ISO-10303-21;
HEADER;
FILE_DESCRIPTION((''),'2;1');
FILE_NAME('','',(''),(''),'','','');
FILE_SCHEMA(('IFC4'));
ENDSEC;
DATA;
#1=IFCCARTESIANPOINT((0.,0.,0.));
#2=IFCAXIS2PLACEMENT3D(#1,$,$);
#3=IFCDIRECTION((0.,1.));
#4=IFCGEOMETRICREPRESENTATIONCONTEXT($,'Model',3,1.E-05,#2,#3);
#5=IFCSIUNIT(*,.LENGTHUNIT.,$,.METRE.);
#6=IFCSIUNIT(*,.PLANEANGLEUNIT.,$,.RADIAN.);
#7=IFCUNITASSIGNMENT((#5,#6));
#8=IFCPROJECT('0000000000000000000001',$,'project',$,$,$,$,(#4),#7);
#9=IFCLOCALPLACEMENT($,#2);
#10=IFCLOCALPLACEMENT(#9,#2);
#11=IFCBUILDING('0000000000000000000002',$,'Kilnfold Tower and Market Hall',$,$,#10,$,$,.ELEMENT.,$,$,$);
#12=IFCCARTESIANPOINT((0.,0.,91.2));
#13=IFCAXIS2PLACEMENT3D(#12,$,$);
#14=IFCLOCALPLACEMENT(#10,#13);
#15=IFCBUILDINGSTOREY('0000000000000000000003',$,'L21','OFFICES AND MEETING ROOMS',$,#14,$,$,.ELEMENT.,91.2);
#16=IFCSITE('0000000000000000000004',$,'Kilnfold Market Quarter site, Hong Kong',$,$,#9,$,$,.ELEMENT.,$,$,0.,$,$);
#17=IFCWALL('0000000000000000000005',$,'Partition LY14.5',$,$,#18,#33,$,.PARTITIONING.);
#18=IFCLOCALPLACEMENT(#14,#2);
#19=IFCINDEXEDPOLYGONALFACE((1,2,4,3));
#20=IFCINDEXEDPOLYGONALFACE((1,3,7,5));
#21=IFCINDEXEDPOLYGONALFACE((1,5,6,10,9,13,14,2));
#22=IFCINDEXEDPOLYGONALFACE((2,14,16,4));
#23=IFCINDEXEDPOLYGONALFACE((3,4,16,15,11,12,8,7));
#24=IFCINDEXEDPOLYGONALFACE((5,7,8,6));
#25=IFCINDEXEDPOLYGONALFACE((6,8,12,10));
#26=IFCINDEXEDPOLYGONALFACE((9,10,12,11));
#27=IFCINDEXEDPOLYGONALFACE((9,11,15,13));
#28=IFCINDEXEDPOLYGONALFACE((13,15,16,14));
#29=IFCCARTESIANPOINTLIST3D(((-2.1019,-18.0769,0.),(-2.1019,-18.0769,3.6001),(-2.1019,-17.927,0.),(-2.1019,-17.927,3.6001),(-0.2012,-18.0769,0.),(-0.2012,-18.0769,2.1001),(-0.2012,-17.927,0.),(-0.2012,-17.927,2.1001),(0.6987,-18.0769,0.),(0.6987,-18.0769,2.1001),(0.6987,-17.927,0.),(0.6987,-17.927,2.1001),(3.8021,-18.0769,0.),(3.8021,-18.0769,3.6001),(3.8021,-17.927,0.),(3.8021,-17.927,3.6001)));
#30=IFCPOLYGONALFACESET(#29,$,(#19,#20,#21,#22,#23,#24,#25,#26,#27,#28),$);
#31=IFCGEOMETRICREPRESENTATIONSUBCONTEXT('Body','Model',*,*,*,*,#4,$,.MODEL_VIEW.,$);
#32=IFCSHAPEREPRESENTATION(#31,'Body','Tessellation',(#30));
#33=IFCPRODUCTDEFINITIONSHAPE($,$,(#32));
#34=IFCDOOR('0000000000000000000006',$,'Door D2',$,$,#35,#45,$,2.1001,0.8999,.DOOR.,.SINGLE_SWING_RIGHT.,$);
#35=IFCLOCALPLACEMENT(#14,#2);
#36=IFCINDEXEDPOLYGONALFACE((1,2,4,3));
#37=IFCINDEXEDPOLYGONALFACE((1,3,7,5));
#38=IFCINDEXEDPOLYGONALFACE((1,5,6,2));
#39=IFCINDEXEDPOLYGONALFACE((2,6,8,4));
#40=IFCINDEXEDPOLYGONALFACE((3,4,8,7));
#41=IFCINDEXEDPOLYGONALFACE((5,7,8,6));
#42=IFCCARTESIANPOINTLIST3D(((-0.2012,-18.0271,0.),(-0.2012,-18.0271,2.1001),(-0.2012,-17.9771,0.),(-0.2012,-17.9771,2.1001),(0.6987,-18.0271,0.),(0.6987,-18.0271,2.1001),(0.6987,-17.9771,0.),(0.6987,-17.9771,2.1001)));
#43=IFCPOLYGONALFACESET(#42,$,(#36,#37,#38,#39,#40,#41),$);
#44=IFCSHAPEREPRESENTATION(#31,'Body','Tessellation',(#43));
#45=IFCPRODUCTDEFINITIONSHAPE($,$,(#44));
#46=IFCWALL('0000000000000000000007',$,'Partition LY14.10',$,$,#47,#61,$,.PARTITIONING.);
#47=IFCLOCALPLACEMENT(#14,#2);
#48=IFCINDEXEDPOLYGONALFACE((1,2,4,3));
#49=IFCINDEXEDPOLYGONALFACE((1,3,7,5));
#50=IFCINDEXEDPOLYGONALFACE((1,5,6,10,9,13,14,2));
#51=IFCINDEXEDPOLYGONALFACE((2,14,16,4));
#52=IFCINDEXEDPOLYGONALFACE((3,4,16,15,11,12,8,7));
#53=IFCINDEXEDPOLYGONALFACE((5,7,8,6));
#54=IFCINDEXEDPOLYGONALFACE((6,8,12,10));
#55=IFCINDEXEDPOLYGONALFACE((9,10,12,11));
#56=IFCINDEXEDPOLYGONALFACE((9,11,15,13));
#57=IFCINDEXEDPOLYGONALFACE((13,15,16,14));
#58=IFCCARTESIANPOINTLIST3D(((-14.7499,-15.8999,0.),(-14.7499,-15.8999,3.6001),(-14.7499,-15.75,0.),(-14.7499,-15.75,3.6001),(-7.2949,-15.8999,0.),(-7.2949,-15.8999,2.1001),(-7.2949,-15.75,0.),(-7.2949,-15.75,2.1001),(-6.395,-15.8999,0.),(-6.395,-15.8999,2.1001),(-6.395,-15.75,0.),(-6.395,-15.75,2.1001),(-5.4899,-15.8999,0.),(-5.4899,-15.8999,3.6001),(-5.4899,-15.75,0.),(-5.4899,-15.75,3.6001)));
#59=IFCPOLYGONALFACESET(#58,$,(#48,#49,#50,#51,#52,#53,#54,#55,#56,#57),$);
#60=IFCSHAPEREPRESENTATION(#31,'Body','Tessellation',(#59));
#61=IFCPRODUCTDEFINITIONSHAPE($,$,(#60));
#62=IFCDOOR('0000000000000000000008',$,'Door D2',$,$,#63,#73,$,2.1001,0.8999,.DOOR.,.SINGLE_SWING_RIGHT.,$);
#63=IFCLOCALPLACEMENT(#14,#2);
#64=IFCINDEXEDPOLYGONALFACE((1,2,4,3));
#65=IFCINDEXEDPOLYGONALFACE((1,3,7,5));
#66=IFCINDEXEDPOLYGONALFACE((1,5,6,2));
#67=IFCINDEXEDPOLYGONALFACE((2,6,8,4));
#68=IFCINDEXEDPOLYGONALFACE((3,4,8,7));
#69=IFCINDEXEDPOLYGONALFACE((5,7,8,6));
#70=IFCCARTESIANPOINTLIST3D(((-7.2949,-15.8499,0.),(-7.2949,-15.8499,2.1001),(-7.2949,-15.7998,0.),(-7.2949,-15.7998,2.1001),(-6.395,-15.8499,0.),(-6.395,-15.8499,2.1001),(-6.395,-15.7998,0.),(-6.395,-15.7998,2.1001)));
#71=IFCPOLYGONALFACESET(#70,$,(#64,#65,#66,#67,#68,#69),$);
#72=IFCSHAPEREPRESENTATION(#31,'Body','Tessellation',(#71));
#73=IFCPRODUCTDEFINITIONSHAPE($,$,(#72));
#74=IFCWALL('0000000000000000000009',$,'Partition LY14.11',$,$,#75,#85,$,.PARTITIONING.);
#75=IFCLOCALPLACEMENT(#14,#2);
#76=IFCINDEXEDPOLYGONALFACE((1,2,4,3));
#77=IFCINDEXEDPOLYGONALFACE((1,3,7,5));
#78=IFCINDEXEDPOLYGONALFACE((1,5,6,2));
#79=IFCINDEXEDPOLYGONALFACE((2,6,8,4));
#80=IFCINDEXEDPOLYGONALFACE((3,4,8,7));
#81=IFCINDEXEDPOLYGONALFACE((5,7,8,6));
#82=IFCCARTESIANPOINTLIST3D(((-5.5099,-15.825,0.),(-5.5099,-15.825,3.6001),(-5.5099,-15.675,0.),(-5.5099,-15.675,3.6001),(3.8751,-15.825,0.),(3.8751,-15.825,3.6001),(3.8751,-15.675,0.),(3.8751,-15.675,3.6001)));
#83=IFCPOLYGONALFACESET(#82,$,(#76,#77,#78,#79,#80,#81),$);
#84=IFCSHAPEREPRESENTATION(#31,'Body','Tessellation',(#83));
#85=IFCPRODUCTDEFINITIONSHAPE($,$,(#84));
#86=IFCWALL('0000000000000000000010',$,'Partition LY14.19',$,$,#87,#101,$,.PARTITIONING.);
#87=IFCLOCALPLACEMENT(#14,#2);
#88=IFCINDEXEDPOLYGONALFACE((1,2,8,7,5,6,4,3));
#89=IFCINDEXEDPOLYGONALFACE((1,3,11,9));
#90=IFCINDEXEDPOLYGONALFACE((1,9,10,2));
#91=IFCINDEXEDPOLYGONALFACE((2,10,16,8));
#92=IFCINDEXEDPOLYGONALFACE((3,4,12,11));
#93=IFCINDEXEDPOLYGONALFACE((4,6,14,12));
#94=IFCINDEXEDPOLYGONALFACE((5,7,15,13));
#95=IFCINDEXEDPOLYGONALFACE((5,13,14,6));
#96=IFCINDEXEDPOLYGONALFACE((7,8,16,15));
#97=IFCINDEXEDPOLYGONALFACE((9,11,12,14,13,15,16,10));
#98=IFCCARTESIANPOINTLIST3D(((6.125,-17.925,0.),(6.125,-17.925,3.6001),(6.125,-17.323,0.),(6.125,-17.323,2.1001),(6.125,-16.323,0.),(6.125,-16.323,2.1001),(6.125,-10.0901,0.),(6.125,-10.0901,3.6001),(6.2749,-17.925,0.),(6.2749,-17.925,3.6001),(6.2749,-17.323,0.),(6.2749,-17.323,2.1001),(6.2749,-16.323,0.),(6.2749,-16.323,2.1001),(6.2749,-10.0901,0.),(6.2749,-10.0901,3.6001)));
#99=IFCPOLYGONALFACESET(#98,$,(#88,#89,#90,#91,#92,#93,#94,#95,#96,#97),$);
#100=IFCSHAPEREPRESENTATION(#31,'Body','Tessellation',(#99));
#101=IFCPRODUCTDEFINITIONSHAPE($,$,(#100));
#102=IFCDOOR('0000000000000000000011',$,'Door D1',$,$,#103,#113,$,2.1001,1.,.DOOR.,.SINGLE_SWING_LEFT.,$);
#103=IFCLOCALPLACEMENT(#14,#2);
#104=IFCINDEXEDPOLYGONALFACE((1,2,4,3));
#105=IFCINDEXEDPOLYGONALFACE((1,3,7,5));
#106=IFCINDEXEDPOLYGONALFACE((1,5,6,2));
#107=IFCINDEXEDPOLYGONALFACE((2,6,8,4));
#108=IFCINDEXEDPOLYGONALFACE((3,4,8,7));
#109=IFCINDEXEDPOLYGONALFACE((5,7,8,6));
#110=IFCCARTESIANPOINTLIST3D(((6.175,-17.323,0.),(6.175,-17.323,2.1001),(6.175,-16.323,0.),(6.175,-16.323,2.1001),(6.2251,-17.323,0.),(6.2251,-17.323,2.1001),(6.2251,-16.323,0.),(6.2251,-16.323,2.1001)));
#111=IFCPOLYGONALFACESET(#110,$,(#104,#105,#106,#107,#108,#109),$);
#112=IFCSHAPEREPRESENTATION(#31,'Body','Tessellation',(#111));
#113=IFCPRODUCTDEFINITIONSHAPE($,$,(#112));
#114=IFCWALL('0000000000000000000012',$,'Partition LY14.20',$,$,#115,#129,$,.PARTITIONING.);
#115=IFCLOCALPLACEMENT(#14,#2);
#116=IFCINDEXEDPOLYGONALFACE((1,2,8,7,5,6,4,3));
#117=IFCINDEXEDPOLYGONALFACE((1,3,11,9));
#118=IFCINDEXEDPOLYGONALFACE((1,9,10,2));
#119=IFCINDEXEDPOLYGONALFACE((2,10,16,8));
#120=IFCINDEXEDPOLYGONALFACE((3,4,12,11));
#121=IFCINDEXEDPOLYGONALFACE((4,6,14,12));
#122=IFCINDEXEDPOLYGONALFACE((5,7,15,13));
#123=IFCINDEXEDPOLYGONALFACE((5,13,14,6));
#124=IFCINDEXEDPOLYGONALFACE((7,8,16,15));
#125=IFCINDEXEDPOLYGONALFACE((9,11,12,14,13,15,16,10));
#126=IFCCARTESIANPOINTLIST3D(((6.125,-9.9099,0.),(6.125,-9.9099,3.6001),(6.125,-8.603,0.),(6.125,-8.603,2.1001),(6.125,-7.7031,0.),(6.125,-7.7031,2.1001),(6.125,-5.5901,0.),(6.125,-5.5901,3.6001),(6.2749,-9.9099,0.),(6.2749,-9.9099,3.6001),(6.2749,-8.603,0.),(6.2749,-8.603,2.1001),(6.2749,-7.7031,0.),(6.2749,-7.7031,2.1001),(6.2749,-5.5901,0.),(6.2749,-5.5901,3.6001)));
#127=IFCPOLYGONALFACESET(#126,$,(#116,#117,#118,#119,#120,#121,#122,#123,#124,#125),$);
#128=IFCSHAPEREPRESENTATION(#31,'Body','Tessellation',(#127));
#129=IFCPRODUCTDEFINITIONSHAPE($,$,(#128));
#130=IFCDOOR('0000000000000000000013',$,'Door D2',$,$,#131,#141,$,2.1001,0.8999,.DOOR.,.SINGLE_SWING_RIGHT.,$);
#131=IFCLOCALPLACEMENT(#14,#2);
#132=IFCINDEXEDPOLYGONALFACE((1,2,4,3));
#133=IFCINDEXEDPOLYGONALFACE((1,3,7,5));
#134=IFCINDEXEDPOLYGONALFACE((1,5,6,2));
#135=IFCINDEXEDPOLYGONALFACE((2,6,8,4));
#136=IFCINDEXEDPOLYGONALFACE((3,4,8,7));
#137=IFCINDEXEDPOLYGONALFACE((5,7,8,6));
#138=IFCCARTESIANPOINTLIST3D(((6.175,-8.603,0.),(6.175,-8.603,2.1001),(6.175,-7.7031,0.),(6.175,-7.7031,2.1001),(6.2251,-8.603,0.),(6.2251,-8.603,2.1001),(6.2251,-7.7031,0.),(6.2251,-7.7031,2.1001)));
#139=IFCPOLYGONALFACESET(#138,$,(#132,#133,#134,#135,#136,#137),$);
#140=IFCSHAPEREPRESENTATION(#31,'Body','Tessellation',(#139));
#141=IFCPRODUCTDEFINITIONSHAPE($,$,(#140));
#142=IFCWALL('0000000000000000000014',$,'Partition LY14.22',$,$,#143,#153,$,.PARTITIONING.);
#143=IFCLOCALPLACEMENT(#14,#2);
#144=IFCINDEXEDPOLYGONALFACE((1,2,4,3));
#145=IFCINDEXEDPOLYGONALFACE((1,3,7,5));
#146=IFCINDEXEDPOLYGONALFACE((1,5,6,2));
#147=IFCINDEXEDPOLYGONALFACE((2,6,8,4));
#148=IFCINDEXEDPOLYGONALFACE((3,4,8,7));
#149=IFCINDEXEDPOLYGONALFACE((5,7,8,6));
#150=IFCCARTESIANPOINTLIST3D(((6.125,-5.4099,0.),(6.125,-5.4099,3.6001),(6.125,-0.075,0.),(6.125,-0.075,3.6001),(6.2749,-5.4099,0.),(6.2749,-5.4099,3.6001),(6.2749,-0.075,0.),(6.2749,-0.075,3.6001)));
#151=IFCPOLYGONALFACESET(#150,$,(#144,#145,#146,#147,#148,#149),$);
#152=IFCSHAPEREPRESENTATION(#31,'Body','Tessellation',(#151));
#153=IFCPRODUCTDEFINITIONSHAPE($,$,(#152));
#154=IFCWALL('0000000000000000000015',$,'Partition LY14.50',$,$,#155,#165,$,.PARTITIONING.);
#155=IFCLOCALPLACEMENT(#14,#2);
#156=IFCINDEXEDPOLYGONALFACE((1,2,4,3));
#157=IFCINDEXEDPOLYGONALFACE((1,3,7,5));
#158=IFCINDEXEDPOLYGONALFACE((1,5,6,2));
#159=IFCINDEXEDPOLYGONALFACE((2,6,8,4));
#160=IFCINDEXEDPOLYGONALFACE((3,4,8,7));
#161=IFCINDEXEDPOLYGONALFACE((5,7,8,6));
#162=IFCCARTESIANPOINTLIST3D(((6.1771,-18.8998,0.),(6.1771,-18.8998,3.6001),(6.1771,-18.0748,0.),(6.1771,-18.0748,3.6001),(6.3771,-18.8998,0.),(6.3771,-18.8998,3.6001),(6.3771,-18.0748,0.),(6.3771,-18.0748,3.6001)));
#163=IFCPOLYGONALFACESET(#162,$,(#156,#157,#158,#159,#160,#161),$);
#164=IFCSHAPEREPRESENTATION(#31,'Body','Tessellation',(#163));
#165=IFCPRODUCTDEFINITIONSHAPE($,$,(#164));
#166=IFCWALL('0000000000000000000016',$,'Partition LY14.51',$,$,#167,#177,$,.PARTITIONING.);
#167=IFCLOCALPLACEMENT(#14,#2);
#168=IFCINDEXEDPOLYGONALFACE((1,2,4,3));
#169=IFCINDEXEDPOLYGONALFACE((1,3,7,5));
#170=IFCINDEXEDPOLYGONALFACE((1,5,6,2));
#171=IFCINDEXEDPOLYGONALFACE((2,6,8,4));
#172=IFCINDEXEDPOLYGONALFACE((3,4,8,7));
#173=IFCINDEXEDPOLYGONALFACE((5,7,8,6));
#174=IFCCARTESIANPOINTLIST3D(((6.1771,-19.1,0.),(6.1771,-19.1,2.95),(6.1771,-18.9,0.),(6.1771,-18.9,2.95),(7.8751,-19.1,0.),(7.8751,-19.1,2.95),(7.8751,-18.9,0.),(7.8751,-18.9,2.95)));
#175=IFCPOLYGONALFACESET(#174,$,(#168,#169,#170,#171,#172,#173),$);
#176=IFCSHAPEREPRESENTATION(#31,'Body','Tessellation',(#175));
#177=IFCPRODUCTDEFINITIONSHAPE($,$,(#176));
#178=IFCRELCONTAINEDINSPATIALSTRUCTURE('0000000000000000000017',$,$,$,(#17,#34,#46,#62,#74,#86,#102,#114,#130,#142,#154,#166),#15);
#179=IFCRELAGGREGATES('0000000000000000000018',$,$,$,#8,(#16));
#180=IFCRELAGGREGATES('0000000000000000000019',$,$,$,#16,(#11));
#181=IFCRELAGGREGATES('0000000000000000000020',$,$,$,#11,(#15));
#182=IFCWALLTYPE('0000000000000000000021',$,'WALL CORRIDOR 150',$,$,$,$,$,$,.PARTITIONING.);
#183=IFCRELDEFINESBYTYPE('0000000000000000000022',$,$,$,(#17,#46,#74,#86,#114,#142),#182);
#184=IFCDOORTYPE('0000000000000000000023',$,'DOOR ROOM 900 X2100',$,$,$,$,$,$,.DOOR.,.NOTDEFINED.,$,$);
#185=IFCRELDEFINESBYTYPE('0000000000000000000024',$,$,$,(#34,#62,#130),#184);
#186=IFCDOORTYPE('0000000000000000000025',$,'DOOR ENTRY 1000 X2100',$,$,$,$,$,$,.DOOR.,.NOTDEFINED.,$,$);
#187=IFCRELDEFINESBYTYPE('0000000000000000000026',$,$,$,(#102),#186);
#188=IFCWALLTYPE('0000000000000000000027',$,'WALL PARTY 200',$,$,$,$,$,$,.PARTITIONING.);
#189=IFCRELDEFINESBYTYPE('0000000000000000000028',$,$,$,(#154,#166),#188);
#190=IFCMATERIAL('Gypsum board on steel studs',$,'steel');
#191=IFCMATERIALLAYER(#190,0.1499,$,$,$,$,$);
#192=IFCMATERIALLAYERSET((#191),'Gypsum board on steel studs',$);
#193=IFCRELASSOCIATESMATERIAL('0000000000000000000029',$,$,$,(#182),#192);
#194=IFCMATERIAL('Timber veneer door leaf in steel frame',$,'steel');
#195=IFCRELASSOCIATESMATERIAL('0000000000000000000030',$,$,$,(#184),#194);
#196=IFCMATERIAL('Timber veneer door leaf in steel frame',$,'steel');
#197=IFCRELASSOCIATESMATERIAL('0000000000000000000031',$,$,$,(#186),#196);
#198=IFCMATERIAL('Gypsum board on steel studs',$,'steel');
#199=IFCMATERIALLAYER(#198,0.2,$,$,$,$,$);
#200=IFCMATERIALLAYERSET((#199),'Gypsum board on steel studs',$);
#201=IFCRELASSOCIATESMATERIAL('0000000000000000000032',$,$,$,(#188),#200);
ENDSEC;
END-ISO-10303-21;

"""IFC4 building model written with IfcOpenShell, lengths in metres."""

from ifc_helpers import new_model, si_unit, direction, frame, frame_2d, origin, place, context, subcontext, project, spatial, rectangle, extrude, material, layer, layer_set, type_object, element, fill, save


model = new_model("IFC4")

# Units and contexts
model_context = context("Model", 3, precision=1e-05, world=origin(), true_north=direction((0.0, 1.0)))
body_context = subcontext(model_context, "Body", "Model", "MODEL_VIEW")
ifc_project = project(units=[si_unit("LENGTHUNIT", "METRE"), si_unit("PLANEANGLEUNIT", "RADIAN")], contexts=[model_context])

# Site, building, storey
site_placement = place(None, origin())
site = spatial("IfcSite", under=ifc_project, at=site_placement, Name="Kilnfold Market Quarter site, Hong Kong", CompositionType="ELEMENT", RefElevation=0.0)
building_placement = place(site_placement, origin())
building = spatial("IfcBuilding", under=site, at=building_placement, Name="Kilnfold Tower and Market Hall", CompositionType="ELEMENT")
storey_placement = place(building_placement, frame((0.0, 0.0, 91.2)))
storey = spatial("IfcBuildingStorey", under=building, at=storey_placement, Name="L21", Description="OFFICES AND MEETING ROOMS", CompositionType="ELEMENT", Elevation=91.2)

# Shared definitions
ifc_material_1 = material(Name="Gypsum board on steel studs", Category="steel")
ifc_layer_1 = layer(ifc_material_1, 0.1499)
ifc_layer_set_1 = layer_set([ifc_layer_1], Name="Gypsum board on steel studs")
wall_type_1 = type_object("IfcWallType", Name="WALL CORRIDOR 150", PredefinedType="PARTITIONING", material=ifc_layer_set_1)

# Walls, openings, doors
wall_1_placement = place(storey_placement, frame((-2.1021, -18.002, 0.0), z_axis=(0.0, 0.0, 1.0), x_axis=(1.0, 0.0, 0.0)))
wall_1 = element("IfcWall", 1, at=wall_1_placement, inside=storey, type_object=wall_type_1, Name="Partition LY14.5", PredefinedType="PARTITIONING", context=body_context, shape_type="SweptSolid", body=[
    extrude(rectangle(XDim=5.9041, YDim=0.1499, at=frame_2d((2.9521, 0.0))), origin(), (0.0, 0.0, 1.0), 3.6001),
])
opening_1_placement = place(wall_1_placement, frame((1.9009, 0.0, 0.0)))
opening_1 = element("IfcOpeningElement", 2, at=opening_1_placement, cuts=wall_1, PredefinedType="OPENING", context=body_context, shape_type="SweptSolid", body=[
    extrude(rectangle(XDim=0.8999, YDim=2.1001, at=frame_2d((0.45, 1.05))), frame((0.0, 0.085, 0.0), z_axis=(0.0, -1.0, 0.0), x_axis=(1.0, 0.0, 0.0)), (0.0, 0.0, 1.0), 0.1699),
])
ifc_material_2 = material(Name="Timber veneer door leaf in steel frame", Category="steel")
door_type_1 = type_object("IfcDoorType", Name="DOOR ROOM 900 X2100", OperationType="NOTDEFINED", PredefinedType="DOOR", material=ifc_material_2)
door_1_placement = place(opening_1_placement, origin())
door_1 = element("IfcDoor", 3, at=door_1_placement, inside=storey, type_object=door_type_1, Name="Door D2", OperationType="SINGLE_SWING_RIGHT", OverallHeight=2.1001, OverallWidth=0.8999, PredefinedType="DOOR", context=body_context, shape_type="SweptSolid", body=[
    extrude(rectangle(XDim=0.8999, YDim=2.1001, at=frame_2d((0.45, 1.05))), frame((0.0, 0.0249, 0.0), z_axis=(0.0, -1.0, 0.0), x_axis=(1.0, 0.0, 0.0)), (0.0, 0.0, 1.0), 0.05),
])
fill(opening_1, door_1)
wall_2_placement = place(storey_placement, frame((-5.49, -15.825, 0.0), z_axis=(0.0, 0.0, 1.0), x_axis=(-1.0, 0.0, 0.0)))
wall_2 = element("IfcWall", 4, at=wall_2_placement, inside=storey, type_object=wall_type_1, Name="Partition LY14.10", PredefinedType="PARTITIONING", context=body_context, shape_type="SweptSolid", body=[
    extrude(rectangle(XDim=9.26, YDim=0.1499, at=frame_2d((4.6299, 0.0))), origin(), (0.0, 0.0, 1.0), 3.6001),
])
opening_2_placement = place(wall_2_placement, frame((0.905, 0.0, 0.0)))
opening_2 = element("IfcOpeningElement", 5, at=opening_2_placement, cuts=wall_2, PredefinedType="OPENING", context=body_context, shape_type="SweptSolid", body=[
    extrude(rectangle(XDim=0.8999, YDim=2.1001, at=frame_2d((0.45, 1.05))), frame((0.0, 0.085, 0.0), z_axis=(0.0, -1.0, 0.0), x_axis=(1.0, 0.0, 0.0)), (0.0, 0.0, 1.0), 0.1699),
])
door_2_placement = place(opening_2_placement, origin())
door_2 = element("IfcDoor", 6, at=door_2_placement, inside=storey, type_object=door_type_1, Name="Door D2", OperationType="SINGLE_SWING_RIGHT", OverallHeight=2.1001, OverallWidth=0.8999, PredefinedType="DOOR", context=body_context, shape_type="SweptSolid", body=[
    extrude(rectangle(XDim=0.8999, YDim=2.1001, at=frame_2d((0.45, 1.05))), frame((0.0, 0.0249, 0.0), z_axis=(0.0, -1.0, 0.0), x_axis=(1.0, 0.0, 0.0)), (0.0, 0.0, 1.0), 0.05),
])
fill(opening_2, door_2)

# Wall
wall_3_placement = place(storey_placement, frame((3.875, -15.75, 0.0), z_axis=(0.0, 0.0, 1.0), x_axis=(-1.0, 0.0, 0.0)))
element("IfcWall", 7, at=wall_3_placement, inside=storey, type_object=wall_type_1, Name="Partition LY14.11", PredefinedType="PARTITIONING", context=body_context, shape_type="SweptSolid", body=[
    extrude(rectangle(XDim=9.385, YDim=0.1499, at=frame_2d((4.6924, 0.0))), origin(), (0.0, 0.0, 1.0), 3.6001),
])

# Walls, openings, doors
wall_4_placement = place(storey_placement, frame((6.2, -17.925, 0.0), z_axis=(0.0, 0.0, 1.0), x_axis=(0.0, 1.0, 0.0)))
wall_4 = element("IfcWall", 8, at=wall_4_placement, inside=storey, type_object=wall_type_1, Name="Partition LY14.19", PredefinedType="PARTITIONING", context=body_context, shape_type="SweptSolid", body=[
    extrude(rectangle(XDim=7.835, YDim=0.1499, at=frame_2d((3.9175, 0.0))), origin(), (0.0, 0.0, 1.0), 3.6001),
])
opening_3_placement = place(wall_4_placement, frame((0.6021, 0.0, 0.0)))
opening_3 = element("IfcOpeningElement", 9, at=opening_3_placement, cuts=wall_4, PredefinedType="OPENING", context=body_context, shape_type="SweptSolid", body=[
    extrude(rectangle(XDim=1.0, YDim=2.1001, at=frame_2d((0.5, 1.05))), frame((0.0, 0.085, 0.0), z_axis=(0.0, -1.0, 0.0), x_axis=(1.0, 0.0, 0.0)), (0.0, 0.0, 1.0), 0.1699),
])
ifc_material_3 = material(Name="Timber veneer door leaf in steel frame", Category="steel")
door_type_2 = type_object("IfcDoorType", Name="DOOR ENTRY 1000 X2100", OperationType="NOTDEFINED", PredefinedType="DOOR", material=ifc_material_3)
door_3_placement = place(opening_3_placement, origin())
door_3 = element("IfcDoor", 10, at=door_3_placement, inside=storey, type_object=door_type_2, Name="Door D1", OperationType="SINGLE_SWING_LEFT", OverallHeight=2.1001, OverallWidth=1.0, PredefinedType="DOOR", context=body_context, shape_type="SweptSolid", body=[
    extrude(rectangle(XDim=1.0, YDim=2.1001, at=frame_2d((0.5, 1.05))), frame((0.0, 0.0249, 0.0), z_axis=(0.0, -1.0, 0.0), x_axis=(1.0, 0.0, 0.0)), (0.0, 0.0, 1.0), 0.05),
])
fill(opening_3, door_3)
wall_5_placement = place(storey_placement, frame((6.2, -9.9099, 0.0), z_axis=(0.0, 0.0, 1.0), x_axis=(0.0, 1.0, 0.0)))
wall_5 = element("IfcWall", 11, at=wall_5_placement, inside=storey, type_object=wall_type_1, Name="Partition LY14.20", PredefinedType="PARTITIONING", context=body_context, shape_type="SweptSolid", body=[
    extrude(rectangle(XDim=4.3198, YDim=0.1499, at=frame_2d((2.1599, 0.0))), origin(), (0.0, 0.0, 1.0), 3.6001),
])
opening_4_placement = place(wall_5_placement, frame((1.3069, 0.0, 0.0)))
opening_4 = element("IfcOpeningElement", 12, at=opening_4_placement, cuts=wall_5, PredefinedType="OPENING", context=body_context, shape_type="SweptSolid", body=[
    extrude(rectangle(XDim=0.8999, YDim=2.1001, at=frame_2d((0.45, 1.05))), frame((0.0, 0.085, 0.0), z_axis=(0.0, -1.0, 0.0), x_axis=(1.0, 0.0, 0.0)), (0.0, 0.0, 1.0), 0.1699),
])
door_4_placement = place(opening_4_placement, origin())
door_4 = element("IfcDoor", 13, at=door_4_placement, inside=storey, type_object=door_type_1, Name="Door D2", OperationType="SINGLE_SWING_RIGHT", OverallHeight=2.1001, OverallWidth=0.8999, PredefinedType="DOOR", context=body_context, shape_type="SweptSolid", body=[
    extrude(rectangle(XDim=0.8999, YDim=2.1001, at=frame_2d((0.45, 1.05))), frame((0.0, 0.0249, 0.0), z_axis=(0.0, -1.0, 0.0), x_axis=(1.0, 0.0, 0.0)), (0.0, 0.0, 1.0), 0.05),
])
fill(opening_4, door_4)

# Walls
wall_6_placement = place(storey_placement, frame((6.2, -5.4099, 0.0), z_axis=(0.0, 0.0, 1.0), x_axis=(0.0, 1.0, 0.0)))
element("IfcWall", 14, at=wall_6_placement, inside=storey, type_object=wall_type_1, Name="Partition LY14.22", PredefinedType="PARTITIONING", context=body_context, shape_type="SweptSolid", body=[
    extrude(rectangle(XDim=5.335, YDim=0.1499, at=frame_2d((2.6675, 0.0))), origin(), (0.0, 0.0, 1.0), 3.6001),
])
ifc_material_4 = material(Name="Gypsum board on steel studs", Category="steel")
ifc_layer_2 = layer(ifc_material_4, 0.2)
ifc_layer_set_2 = layer_set([ifc_layer_2], Name="Gypsum board on steel studs")
wall_type_2 = type_object("IfcWallType", Name="WALL PARTY 200", PredefinedType="PARTITIONING", material=ifc_layer_set_2)
wall_7_placement = place(storey_placement, frame((6.2771, -18.8999, 0.0), z_axis=(0.0, 0.0, 1.0), x_axis=(0.0, 1.0, 0.0)))
element("IfcWall", 15, at=wall_7_placement, inside=storey, type_object=wall_type_2, Name="Partition LY14.50", PredefinedType="PARTITIONING", context=body_context, shape_type="SweptSolid", body=[
    extrude(rectangle(XDim=0.825, YDim=0.2, at=frame_2d((0.4126, 0.0))), origin(), (0.0, 0.0, 1.0), 3.6001),
])
wall_8_placement = place(storey_placement, frame((6.177, -19.0, 0.0), z_axis=(0.0, 0.0, 1.0), x_axis=(1.0, 0.0, 0.0)))
element("IfcWall", 16, at=wall_8_placement, inside=storey, type_object=wall_type_2, Name="Partition LY14.51", PredefinedType="PARTITIONING", context=body_context, shape_type="SweptSolid", body=[
    extrude(rectangle(XDim=1.698, YDim=0.2, at=frame_2d((0.8491, 0.0))), origin(), (0.0, 0.0, 1.0), 2.95),
])

save(model, "model.ifc")
